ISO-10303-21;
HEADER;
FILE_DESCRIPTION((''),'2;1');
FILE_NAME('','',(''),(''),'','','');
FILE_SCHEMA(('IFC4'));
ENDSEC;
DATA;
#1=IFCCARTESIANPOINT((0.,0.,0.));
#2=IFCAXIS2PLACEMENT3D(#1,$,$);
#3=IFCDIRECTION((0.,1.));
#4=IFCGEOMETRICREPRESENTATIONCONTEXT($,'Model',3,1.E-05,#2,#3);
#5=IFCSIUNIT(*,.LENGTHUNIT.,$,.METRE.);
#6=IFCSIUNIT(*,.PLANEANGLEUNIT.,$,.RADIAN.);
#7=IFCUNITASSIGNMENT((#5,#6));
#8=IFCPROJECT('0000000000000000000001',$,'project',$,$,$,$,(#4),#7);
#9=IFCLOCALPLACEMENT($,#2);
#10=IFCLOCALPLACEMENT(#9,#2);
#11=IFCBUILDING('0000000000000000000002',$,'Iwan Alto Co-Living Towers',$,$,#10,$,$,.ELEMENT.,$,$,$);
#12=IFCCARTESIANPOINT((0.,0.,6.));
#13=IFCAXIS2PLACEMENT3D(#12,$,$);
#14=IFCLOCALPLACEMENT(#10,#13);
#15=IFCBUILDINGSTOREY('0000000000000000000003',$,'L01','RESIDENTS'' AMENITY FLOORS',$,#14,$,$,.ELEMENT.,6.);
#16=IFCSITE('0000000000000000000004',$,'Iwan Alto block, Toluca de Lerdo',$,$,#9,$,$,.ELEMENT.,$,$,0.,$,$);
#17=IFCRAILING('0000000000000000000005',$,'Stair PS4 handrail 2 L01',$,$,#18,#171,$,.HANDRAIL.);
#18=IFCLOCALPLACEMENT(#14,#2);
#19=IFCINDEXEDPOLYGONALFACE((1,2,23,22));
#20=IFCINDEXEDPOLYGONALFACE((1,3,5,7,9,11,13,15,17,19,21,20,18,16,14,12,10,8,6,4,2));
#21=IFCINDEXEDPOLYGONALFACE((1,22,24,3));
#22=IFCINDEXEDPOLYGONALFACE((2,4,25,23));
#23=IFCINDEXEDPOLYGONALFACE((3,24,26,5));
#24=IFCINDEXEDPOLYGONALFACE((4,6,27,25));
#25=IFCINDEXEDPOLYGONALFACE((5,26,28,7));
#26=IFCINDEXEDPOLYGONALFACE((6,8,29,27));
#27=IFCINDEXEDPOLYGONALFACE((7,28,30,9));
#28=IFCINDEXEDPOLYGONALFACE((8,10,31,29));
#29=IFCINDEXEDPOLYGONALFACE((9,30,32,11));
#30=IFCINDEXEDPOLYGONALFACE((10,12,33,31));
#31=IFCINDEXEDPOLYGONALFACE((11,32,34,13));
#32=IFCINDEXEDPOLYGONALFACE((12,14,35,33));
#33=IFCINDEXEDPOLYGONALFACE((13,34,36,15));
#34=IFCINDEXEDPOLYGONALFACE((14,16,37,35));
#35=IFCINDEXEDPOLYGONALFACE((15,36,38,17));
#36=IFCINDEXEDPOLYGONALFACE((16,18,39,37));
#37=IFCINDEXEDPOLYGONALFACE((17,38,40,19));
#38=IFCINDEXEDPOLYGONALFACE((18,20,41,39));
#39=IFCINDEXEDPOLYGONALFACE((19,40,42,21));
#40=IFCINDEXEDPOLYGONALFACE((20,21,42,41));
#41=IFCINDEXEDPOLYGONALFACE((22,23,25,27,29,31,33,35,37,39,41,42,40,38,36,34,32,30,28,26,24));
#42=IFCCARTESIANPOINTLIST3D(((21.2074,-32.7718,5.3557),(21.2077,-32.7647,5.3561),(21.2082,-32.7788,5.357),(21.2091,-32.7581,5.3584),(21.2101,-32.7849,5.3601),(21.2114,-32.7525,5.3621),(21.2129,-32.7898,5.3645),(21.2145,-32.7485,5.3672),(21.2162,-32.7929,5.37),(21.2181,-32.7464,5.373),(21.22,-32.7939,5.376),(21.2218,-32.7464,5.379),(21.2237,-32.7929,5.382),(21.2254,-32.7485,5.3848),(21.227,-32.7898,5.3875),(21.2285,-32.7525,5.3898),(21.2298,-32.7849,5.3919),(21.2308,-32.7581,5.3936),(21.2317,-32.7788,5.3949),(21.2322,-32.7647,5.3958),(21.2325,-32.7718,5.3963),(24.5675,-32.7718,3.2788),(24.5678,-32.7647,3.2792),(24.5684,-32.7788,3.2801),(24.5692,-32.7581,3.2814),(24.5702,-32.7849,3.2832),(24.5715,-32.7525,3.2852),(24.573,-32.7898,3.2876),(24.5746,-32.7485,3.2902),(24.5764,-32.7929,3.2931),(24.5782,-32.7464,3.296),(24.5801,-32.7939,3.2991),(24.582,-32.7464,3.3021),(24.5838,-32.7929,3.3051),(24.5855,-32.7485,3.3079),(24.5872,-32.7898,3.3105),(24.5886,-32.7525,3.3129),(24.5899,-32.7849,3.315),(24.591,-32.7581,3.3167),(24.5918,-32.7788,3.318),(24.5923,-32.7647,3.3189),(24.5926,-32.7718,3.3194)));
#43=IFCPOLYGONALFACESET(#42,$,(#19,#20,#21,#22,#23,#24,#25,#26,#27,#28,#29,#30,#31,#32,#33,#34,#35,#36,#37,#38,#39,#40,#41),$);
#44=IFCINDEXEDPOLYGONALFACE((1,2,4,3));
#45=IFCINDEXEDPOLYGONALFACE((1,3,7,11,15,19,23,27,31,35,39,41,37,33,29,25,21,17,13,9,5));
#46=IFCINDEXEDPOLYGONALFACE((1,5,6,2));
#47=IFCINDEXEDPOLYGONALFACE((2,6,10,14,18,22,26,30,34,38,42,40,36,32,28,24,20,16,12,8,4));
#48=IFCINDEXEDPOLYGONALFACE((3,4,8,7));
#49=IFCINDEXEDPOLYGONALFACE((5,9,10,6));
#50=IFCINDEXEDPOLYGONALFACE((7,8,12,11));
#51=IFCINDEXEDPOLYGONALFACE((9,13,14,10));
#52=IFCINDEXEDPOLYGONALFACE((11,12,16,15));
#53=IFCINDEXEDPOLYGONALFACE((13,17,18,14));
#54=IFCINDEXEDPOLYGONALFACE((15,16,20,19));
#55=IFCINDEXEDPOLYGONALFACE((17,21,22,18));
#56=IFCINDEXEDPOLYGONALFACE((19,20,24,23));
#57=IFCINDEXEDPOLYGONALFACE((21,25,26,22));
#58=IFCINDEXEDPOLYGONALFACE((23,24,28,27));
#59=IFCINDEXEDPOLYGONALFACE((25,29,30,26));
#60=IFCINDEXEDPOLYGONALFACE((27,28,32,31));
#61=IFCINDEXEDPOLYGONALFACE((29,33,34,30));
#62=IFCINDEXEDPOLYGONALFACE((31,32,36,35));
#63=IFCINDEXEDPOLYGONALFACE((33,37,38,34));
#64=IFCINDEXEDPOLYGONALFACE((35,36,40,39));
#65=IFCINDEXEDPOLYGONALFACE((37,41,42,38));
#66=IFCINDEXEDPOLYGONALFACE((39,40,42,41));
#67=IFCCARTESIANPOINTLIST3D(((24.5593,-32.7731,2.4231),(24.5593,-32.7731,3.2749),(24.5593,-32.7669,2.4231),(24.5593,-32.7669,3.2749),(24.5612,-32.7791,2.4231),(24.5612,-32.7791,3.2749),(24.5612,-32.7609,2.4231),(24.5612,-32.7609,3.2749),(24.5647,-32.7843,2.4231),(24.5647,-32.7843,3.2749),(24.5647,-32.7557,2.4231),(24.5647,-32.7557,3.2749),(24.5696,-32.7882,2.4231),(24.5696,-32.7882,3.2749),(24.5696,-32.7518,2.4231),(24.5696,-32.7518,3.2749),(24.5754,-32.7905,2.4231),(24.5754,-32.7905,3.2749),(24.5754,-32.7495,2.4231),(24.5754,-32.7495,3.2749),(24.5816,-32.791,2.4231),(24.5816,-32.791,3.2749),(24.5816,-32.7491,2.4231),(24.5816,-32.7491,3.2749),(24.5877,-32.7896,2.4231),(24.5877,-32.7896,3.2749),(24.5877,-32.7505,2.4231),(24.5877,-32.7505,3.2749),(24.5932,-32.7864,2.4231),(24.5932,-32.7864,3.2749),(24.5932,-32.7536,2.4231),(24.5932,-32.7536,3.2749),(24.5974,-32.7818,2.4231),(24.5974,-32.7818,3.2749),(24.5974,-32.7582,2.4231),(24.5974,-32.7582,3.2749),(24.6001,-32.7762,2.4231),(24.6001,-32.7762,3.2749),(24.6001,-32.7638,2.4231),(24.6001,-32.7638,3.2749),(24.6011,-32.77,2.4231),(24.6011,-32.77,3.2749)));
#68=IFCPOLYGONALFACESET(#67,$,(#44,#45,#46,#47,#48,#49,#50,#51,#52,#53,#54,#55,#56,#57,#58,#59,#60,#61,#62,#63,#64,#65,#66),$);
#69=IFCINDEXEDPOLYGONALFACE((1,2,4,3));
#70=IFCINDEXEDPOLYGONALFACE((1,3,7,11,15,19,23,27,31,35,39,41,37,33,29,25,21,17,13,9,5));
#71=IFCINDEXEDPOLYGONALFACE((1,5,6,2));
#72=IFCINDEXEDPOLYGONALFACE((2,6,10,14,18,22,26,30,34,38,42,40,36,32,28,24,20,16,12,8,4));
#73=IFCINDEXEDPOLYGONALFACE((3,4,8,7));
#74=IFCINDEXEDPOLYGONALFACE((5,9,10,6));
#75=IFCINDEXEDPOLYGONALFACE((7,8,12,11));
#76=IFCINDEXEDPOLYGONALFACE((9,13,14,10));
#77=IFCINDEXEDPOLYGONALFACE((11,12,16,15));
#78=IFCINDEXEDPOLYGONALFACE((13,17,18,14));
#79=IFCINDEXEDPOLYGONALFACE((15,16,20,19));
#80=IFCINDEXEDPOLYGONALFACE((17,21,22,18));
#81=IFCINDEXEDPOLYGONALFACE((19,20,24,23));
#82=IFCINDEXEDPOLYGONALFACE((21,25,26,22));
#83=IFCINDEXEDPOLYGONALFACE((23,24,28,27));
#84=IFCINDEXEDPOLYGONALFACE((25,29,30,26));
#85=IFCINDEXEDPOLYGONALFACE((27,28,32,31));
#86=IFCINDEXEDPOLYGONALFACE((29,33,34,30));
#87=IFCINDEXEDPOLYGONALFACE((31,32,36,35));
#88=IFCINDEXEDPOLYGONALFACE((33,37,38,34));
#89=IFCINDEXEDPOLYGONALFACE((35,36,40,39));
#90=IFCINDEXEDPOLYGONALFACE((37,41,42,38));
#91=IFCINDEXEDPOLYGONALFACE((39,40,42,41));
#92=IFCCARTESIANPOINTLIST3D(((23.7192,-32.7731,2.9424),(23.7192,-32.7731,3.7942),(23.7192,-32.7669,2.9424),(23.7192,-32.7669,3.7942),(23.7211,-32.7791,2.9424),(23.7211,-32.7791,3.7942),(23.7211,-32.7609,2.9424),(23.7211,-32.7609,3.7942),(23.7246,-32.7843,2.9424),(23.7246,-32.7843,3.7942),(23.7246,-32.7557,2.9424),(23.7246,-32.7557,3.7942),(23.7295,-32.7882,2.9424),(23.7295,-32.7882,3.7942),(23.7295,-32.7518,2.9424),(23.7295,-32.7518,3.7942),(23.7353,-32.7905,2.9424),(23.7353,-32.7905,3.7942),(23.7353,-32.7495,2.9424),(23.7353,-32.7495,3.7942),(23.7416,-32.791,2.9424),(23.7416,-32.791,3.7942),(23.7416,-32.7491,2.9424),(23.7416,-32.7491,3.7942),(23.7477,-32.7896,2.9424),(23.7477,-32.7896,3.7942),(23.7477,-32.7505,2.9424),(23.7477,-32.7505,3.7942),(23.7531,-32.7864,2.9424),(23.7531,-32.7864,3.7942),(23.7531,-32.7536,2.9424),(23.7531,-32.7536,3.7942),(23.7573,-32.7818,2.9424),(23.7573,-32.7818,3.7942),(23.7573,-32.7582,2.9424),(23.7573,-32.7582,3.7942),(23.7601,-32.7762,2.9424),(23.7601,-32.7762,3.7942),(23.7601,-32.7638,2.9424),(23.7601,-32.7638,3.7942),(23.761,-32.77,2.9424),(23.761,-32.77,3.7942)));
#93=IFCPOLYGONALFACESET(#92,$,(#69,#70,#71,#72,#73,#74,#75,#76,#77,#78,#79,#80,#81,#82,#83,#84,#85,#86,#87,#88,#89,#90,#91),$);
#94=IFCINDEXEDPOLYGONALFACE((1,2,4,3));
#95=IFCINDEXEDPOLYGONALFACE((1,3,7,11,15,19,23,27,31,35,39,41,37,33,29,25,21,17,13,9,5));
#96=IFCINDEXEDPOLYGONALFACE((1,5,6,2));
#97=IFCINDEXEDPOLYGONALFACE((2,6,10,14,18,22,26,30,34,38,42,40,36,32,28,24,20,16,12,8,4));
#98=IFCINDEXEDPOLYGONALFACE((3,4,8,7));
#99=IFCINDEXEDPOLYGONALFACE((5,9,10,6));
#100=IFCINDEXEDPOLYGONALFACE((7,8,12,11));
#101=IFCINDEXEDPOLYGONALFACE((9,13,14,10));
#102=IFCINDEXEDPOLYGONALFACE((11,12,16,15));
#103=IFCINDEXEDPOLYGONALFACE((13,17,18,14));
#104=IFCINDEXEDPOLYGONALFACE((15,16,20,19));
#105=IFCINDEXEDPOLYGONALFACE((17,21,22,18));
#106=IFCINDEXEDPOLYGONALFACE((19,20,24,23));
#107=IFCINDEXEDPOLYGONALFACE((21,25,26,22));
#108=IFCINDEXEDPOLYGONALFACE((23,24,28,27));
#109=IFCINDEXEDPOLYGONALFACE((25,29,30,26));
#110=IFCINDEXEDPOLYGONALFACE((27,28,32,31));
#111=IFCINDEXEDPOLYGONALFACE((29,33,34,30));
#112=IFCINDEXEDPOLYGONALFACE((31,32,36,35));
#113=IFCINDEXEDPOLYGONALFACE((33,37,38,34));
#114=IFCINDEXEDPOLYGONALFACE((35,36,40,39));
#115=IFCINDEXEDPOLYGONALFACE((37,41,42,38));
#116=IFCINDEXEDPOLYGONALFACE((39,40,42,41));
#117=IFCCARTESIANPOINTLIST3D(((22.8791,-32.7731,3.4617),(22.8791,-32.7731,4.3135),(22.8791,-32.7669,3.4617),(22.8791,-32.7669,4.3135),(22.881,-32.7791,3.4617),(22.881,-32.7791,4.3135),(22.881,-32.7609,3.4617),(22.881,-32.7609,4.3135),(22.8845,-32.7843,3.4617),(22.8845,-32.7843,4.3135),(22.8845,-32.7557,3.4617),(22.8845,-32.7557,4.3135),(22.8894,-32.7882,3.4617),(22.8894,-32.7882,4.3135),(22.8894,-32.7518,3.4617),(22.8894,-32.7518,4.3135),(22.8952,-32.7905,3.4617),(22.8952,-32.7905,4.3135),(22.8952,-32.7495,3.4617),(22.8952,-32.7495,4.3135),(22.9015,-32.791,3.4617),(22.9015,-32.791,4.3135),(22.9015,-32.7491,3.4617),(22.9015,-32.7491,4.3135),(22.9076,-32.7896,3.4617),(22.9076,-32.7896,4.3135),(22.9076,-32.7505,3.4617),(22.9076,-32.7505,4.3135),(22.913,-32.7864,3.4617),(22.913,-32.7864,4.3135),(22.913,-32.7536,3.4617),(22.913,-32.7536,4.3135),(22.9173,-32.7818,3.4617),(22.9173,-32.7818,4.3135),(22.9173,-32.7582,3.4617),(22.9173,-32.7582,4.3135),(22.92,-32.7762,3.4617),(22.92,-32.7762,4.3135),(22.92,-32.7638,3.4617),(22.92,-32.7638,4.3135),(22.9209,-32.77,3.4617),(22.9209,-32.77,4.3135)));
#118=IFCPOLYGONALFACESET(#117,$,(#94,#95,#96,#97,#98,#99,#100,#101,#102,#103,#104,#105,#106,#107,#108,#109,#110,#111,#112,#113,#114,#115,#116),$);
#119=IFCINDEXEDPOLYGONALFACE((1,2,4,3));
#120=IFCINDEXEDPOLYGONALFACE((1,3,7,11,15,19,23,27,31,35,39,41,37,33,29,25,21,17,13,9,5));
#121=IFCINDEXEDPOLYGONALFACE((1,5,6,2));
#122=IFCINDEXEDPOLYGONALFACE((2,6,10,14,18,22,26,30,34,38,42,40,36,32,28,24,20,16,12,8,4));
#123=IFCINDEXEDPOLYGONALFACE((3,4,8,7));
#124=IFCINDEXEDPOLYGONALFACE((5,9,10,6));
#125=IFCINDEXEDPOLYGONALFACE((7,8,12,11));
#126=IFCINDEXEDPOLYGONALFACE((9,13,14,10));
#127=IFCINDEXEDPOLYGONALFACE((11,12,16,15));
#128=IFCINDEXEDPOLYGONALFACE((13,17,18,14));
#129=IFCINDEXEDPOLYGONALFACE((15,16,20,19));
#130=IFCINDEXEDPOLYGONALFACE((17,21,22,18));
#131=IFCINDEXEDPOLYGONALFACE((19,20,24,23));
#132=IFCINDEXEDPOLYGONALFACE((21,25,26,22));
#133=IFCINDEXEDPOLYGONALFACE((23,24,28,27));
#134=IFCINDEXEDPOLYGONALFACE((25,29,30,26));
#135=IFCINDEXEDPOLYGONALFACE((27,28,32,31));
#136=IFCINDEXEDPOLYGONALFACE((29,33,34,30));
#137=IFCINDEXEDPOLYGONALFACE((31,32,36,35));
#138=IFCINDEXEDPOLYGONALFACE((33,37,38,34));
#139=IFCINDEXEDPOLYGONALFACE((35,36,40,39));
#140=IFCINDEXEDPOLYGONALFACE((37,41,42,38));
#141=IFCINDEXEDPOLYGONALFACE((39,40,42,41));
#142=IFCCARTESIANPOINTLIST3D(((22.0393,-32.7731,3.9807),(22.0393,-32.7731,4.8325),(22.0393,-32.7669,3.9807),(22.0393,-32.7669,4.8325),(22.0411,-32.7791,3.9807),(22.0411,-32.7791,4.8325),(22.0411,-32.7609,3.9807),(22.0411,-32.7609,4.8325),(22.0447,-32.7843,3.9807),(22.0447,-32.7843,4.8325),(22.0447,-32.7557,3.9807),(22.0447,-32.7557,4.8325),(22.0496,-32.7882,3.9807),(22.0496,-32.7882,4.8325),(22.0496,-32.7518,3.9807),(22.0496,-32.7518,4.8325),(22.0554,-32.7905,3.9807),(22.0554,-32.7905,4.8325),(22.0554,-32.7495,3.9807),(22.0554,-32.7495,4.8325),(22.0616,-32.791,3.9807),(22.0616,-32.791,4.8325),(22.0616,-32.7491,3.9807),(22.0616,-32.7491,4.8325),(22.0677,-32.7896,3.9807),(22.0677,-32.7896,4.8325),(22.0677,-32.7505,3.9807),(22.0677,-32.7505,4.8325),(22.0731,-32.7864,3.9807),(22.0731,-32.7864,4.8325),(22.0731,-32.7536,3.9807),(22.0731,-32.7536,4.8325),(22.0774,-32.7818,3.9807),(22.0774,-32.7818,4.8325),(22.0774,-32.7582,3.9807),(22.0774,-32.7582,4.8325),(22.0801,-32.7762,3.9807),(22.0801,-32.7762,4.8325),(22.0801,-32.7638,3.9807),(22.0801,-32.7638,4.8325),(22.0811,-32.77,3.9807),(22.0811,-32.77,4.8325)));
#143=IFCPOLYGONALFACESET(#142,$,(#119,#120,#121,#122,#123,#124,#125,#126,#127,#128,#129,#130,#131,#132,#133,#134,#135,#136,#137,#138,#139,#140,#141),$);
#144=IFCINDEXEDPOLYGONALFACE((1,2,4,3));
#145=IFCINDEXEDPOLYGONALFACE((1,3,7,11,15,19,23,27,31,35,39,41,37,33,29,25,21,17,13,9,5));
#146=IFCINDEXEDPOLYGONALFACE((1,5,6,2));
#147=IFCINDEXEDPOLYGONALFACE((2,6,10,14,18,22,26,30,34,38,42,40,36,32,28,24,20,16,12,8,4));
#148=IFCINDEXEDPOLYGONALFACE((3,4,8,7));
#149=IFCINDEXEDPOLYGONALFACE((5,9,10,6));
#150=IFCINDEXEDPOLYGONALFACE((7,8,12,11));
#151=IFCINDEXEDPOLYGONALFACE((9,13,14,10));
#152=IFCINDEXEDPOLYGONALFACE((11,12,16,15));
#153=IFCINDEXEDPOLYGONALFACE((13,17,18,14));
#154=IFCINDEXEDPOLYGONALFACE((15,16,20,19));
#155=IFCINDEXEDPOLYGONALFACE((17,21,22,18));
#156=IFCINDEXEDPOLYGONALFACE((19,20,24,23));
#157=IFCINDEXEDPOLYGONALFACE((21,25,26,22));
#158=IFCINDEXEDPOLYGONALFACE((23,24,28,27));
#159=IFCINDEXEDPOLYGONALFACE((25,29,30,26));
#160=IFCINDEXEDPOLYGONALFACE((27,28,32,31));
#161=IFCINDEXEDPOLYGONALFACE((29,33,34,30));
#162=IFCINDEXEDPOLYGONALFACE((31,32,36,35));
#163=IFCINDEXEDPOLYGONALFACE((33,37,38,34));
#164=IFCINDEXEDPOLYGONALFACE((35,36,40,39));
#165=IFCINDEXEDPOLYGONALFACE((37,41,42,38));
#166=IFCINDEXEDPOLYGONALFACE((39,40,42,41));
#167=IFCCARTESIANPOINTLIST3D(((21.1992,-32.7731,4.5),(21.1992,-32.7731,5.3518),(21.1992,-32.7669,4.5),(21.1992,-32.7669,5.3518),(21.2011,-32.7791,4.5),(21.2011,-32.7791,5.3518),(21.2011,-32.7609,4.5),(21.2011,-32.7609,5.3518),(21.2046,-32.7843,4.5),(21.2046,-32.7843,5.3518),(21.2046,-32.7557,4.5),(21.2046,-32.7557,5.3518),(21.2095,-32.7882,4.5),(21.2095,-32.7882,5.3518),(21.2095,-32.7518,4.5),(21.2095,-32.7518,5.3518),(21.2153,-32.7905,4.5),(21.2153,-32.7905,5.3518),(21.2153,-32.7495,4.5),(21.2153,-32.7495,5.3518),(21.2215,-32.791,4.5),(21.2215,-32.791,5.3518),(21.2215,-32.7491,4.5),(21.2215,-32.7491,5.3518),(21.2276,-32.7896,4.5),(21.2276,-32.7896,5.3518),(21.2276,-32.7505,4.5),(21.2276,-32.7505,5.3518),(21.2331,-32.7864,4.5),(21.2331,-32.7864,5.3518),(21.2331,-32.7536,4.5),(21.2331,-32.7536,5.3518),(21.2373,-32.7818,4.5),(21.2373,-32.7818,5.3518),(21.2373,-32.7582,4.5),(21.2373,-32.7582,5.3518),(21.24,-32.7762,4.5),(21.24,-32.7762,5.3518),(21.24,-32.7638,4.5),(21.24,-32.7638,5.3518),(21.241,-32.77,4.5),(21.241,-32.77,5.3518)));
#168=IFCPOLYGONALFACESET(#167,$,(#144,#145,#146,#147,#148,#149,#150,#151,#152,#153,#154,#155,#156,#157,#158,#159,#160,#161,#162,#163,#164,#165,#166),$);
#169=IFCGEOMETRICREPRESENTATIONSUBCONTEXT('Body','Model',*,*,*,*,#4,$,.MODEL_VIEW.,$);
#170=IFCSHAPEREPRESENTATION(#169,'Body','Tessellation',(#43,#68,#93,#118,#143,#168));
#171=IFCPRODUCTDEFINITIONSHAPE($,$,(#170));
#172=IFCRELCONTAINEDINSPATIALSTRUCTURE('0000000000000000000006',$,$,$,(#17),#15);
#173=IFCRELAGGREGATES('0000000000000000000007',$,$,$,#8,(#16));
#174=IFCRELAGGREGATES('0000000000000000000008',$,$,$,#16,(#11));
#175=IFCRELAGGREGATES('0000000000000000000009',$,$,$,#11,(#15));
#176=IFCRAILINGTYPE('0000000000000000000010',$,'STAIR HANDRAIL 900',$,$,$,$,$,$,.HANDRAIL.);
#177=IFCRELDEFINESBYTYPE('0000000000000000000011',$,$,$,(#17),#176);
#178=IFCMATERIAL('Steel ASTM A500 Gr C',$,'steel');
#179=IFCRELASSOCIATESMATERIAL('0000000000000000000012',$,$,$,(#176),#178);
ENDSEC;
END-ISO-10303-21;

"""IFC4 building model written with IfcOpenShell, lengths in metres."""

from ifc_helpers import new_model, si_unit, direction, frame, origin, origin_2d, place, context, subcontext, project, spatial, circle, extrude, material, type_object, element, save


model = new_model("IFC4")

# Units and contexts
model_context = context("Model", 3, precision=1e-05, world=origin(), true_north=direction((0.0, 1.0)))
body_context = subcontext(model_context, "Body", "Model", "MODEL_VIEW")
ifc_project = project(units=[si_unit("LENGTHUNIT", "METRE"), si_unit("PLANEANGLEUNIT", "RADIAN")], contexts=[model_context])

# Site, building, storey
site_placement = place(None, origin())
site = spatial("IfcSite", under=ifc_project, at=site_placement, Name="Iwan Alto block, Toluca de Lerdo", CompositionType="ELEMENT", RefElevation=0.0)
building_placement = place(site_placement, origin())
building = spatial("IfcBuilding", under=site, at=building_placement, Name="Iwan Alto Co-Living Towers", CompositionType="ELEMENT")
storey_placement = place(building_placement, frame((0.0, 0.0, 6.0)))
storey = spatial("IfcBuildingStorey", under=building, at=storey_placement, Name="L01", Description="RESIDENTS' AMENITY FLOORS", CompositionType="ELEMENT", Elevation=6.0)

# Railing
ifc_material_1 = material(Name="Steel ASTM A500 Gr C", Category="steel")
railing_type_1 = type_object("IfcRailingType", Name="STAIR HANDRAIL 900", PredefinedType="HANDRAIL", material=ifc_material_1)
railing_1_placement = place(storey_placement, frame((24.5801, -32.77, 2.4231)))
element("IfcRailing", 1, at=railing_1_placement, inside=storey, type_object=railing_type_1, Name="Stair PS4 handrail 2 L01", PredefinedType="HANDRAIL", context=body_context, shape_type="SweptSolid", body=[
    extrude(circle(Radius=0.0239, at=origin_2d()), frame((0.0, 0.0, 0.876), z_axis=(-0.850623, 0.0, 0.525776), x_axis=(0.0, -1.0, 0.0)), (0.0, 0.0, 1.0), 3.9502),
    extrude(circle(Radius=0.021, at=origin_2d()), origin(), (0.0, 0.0, 1.0), 0.8518),
    extrude(circle(Radius=0.021, at=origin_2d()), frame((-0.8401, 0.0, 0.5193)), (0.0, 0.0, 1.0), 0.8518),
    extrude(circle(Radius=0.021, at=origin_2d()), frame((-1.6802, 0.0, 1.0386)), (0.0, 0.0, 1.0), 0.8518),
    extrude(circle(Radius=0.021, at=origin_2d()), frame((-2.52, 0.0, 1.5576)), (0.0, 0.0, 1.0), 0.8518),
    extrude(circle(Radius=0.021, at=origin_2d()), frame((-3.3601, 0.0, 2.0769)), (0.0, 0.0, 1.0), 0.8518),
])

save(model, "model.ifc")
